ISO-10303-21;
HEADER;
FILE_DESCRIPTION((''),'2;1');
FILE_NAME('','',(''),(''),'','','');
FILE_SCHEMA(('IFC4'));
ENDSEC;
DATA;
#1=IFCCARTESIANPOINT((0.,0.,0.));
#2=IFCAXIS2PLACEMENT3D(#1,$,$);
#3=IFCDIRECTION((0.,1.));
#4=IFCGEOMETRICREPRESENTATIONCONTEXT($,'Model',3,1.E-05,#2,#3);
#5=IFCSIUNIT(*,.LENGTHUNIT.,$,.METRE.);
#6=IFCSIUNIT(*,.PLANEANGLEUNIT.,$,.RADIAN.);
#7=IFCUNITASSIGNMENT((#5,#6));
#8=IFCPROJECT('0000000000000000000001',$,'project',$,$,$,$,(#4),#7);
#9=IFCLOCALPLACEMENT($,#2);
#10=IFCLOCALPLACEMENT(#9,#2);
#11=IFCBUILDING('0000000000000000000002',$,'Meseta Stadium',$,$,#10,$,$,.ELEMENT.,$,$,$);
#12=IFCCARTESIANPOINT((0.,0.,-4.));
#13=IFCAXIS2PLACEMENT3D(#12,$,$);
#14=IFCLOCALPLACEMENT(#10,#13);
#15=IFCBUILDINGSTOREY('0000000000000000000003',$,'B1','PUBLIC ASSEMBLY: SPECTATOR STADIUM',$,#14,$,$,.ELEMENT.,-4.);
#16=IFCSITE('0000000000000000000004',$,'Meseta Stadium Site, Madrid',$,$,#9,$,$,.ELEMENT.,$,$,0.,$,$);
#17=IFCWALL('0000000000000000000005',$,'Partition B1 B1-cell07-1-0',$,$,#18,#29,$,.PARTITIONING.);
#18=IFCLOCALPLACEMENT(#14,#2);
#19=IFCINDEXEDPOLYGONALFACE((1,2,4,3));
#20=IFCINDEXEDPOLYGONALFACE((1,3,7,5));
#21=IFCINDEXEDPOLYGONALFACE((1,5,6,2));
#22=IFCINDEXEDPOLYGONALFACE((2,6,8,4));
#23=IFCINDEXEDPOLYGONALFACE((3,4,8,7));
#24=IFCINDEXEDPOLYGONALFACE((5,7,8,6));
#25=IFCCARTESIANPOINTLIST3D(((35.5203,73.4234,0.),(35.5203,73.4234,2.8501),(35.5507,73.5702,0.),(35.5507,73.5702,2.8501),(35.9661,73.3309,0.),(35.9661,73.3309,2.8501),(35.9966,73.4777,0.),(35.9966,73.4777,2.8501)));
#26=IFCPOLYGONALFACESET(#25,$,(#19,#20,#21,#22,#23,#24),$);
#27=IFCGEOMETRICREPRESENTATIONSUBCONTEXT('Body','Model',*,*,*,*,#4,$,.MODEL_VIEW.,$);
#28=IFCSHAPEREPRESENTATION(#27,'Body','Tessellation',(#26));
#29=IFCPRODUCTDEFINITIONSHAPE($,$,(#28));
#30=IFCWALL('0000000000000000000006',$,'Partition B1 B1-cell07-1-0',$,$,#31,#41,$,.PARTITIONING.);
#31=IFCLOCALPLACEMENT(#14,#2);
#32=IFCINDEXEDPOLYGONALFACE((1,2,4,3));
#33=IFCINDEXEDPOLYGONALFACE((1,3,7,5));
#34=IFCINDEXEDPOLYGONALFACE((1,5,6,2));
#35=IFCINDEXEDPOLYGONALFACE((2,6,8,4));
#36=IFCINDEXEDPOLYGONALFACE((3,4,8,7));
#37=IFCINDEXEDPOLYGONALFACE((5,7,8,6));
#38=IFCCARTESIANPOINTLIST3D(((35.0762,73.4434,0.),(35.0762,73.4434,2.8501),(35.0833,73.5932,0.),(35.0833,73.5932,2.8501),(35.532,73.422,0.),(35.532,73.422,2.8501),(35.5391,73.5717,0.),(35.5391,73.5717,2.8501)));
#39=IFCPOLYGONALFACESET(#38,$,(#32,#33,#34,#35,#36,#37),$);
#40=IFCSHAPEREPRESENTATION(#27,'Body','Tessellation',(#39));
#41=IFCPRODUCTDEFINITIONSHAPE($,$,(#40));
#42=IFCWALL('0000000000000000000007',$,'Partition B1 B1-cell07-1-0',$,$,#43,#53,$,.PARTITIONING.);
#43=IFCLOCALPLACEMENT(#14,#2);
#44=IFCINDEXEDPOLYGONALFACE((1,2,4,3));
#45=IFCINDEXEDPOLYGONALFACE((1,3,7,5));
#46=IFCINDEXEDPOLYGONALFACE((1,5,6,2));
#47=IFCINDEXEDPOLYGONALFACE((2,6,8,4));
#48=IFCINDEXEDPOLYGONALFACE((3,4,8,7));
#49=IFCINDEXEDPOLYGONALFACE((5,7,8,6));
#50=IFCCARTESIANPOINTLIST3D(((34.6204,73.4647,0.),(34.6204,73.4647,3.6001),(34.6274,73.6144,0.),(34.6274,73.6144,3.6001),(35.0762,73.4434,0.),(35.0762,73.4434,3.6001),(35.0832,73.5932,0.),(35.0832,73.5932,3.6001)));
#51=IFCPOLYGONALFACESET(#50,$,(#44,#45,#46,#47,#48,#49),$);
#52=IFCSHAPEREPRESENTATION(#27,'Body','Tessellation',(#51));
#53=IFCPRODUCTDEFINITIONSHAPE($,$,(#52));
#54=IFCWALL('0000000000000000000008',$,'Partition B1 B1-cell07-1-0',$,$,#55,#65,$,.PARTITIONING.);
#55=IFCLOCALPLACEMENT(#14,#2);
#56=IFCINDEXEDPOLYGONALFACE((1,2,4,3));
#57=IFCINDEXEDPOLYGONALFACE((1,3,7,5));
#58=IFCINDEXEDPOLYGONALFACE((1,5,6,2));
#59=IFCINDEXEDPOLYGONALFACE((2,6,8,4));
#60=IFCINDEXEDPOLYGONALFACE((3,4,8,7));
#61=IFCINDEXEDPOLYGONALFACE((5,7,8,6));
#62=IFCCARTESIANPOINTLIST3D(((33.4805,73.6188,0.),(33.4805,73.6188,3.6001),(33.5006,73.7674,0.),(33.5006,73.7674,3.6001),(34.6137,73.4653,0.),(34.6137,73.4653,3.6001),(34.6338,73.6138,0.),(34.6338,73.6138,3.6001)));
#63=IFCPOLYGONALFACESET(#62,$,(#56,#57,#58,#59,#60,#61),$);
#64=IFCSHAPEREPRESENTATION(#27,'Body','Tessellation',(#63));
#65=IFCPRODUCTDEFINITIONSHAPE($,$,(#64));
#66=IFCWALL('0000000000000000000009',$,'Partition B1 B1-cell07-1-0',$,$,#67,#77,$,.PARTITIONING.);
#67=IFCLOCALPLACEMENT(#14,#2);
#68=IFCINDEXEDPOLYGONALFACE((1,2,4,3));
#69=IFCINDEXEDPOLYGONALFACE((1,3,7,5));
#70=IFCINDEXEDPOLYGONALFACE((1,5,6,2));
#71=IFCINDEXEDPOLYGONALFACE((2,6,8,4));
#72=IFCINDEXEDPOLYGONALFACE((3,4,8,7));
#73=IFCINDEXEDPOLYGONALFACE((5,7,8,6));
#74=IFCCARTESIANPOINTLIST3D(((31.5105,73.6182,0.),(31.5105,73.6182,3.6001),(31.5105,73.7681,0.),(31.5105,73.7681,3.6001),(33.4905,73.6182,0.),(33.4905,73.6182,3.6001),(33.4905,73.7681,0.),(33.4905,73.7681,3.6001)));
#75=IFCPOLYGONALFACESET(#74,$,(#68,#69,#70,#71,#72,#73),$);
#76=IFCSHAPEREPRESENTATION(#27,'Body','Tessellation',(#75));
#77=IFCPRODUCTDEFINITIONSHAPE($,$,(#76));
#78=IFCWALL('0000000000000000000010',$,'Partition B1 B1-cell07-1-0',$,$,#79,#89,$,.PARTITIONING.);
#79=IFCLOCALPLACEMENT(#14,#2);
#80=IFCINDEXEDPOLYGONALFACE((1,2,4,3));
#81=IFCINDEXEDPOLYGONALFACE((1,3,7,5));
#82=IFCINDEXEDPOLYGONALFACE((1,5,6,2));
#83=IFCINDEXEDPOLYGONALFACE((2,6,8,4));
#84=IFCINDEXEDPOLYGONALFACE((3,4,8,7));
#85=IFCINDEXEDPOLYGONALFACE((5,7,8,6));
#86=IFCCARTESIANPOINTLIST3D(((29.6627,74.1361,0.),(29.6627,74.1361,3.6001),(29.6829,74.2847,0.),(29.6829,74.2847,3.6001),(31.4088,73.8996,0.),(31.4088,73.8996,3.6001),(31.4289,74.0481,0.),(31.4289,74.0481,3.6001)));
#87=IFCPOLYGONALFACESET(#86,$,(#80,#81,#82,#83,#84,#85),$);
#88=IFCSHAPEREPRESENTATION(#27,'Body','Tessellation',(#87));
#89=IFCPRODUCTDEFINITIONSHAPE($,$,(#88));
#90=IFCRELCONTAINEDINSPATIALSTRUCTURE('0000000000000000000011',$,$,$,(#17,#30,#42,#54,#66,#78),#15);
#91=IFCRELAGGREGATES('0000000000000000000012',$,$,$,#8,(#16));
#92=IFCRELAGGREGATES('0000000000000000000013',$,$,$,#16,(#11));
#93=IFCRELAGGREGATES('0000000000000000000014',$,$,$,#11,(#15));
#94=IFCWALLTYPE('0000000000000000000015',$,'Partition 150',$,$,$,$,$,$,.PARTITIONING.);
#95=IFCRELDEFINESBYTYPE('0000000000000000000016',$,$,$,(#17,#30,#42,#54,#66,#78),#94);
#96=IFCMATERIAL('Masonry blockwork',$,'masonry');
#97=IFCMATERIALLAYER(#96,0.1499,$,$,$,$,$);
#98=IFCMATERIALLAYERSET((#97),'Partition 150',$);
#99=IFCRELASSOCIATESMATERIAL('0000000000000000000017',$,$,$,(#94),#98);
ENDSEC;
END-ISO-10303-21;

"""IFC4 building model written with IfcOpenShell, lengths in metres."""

from ifc_helpers import new_model, si_unit, direction, frame, frame_2d, origin, place, context, subcontext, project, spatial, rectangle, extrude, material, layer, layer_set, type_object, element, save


model = new_model("IFC4")

# Units and contexts
model_context = context("Model", 3, precision=1e-05, world=origin(), true_north=direction((0.0, 1.0)))
body_context = subcontext(model_context, "Body", "Model", "MODEL_VIEW")
ifc_project = project(units=[si_unit("LENGTHUNIT", "METRE"), si_unit("PLANEANGLEUNIT", "RADIAN")], contexts=[model_context])

# Site, building, storey
site_placement = place(None, origin())
site = spatial("IfcSite", under=ifc_project, at=site_placement, Name="Meseta Stadium Site, Madrid", CompositionType="ELEMENT", RefElevation=0.0)
building_placement = place(site_placement, origin())
building = spatial("IfcBuilding", under=site, at=building_placement, Name="Meseta Stadium", CompositionType="ELEMENT")
storey_placement = place(building_placement, frame((0.0, 0.0, -4.0)))
storey = spatial("IfcBuildingStorey", under=building, at=storey_placement, Name="B1", Description="PUBLIC ASSEMBLY: SPECTATOR STADIUM", CompositionType="ELEMENT", Elevation=-4.0)

# Walls
ifc_material_1 = material(Name="Masonry blockwork", Category="masonry")
ifc_layer = layer(ifc_material_1, 0.1499)
ifc_layer_set = layer_set([ifc_layer], Name="Partition 150")
wall_type = type_object("IfcWallType", Name="Partition 150", PredefinedType="PARTITIONING", material=ifc_layer_set)
wall_1_placement = place(storey_placement, frame((35.9812, 73.4043, 0.0), z_axis=(0.0, 0.0, 1.0), x_axis=(-0.979132, 0.203226, 0.0)))
element("IfcWall", 1, at=wall_1_placement, inside=storey, type_object=wall_type, Name="Partition B1 B1-cell07-1-0", PredefinedType="PARTITIONING", context=body_context, shape_type="SweptSolid", body=[
    extrude(rectangle(XDim=0.4553, YDim=0.1499, at=frame_2d((0.2275, 0.0))), origin(), (0.0, 0.0, 1.0), 2.8501),
])
wall_2_placement = place(storey_placement, frame((35.5354, 73.4968, 0.0), z_axis=(0.0, 0.0, 1.0), x_axis=(-0.998891, 0.047082, 0.0)))
element("IfcWall", 2, at=wall_2_placement, inside=storey, type_object=wall_type, Name="Partition B1 B1-cell07-1-0", PredefinedType="PARTITIONING", context=body_context, shape_type="SweptSolid", body=[
    extrude(rectangle(XDim=0.4563, YDim=0.1499, at=frame_2d((0.228, 0.0))), origin(), (0.0, 0.0, 1.0), 2.8501),
])
wall_3_placement = place(storey_placement, frame((35.0796, 73.5183, 0.0), z_axis=(0.0, 0.0, 1.0), x_axis=(-0.998916, 0.046548, 0.0)))
element("IfcWall", 3, at=wall_3_placement, inside=storey, type_object=wall_type, Name="Partition B1 B1-cell07-1-0", PredefinedType="PARTITIONING", context=body_context, shape_type="SweptSolid", body=[
    extrude(rectangle(XDim=0.4563, YDim=0.1499, at=frame_2d((0.228, 0.0))), origin(), (0.0, 0.0, 1.0), 3.6001),
])
wall_4_placement = place(storey_placement, frame((34.6238, 73.5396, 0.0), z_axis=(0.0, 0.0, 1.0), x_axis=(-0.990944, 0.134275, 0.0)))
element("IfcWall", 4, at=wall_4_placement, inside=storey, type_object=wall_type, Name="Partition B1 B1-cell07-1-0", PredefinedType="PARTITIONING", context=body_context, shape_type="SweptSolid", body=[
    extrude(rectangle(XDim=1.1436, YDim=0.1499, at=frame_2d((0.5718, 0.0))), origin(), (0.0, 0.0, 1.0), 3.6001),
])
wall_5_placement = place(storey_placement, frame((33.4905, 73.6931, 0.0), z_axis=(0.0, 0.0, 1.0), x_axis=(-1.0, 0.0, 0.0)))
element("IfcWall", 5, at=wall_5_placement, inside=storey, type_object=wall_type, Name="Partition B1 B1-cell07-1-0", PredefinedType="PARTITIONING", context=body_context, shape_type="SweptSolid", body=[
    extrude(rectangle(XDim=1.98, YDim=0.1499, at=frame_2d((0.99, 0.0))), origin(), (0.0, 0.0, 1.0), 3.6001),
])
wall_6_placement = place(storey_placement, frame((31.4187, 73.9739, 0.0), z_axis=(0.0, 0.0, 1.0), x_axis=(-0.990946, 0.13426, 0.0)))
element("IfcWall", 6, at=wall_6_placement, inside=storey, type_object=wall_type, Name="Partition B1 B1-cell07-1-0", PredefinedType="PARTITIONING", context=body_context, shape_type="SweptSolid", body=[
    extrude(rectangle(XDim=1.762, YDim=0.1499, at=frame_2d((0.8809, 0.0))), origin(), (0.0, 0.0, 1.0), 3.6001),
])

save(model, "model.ifc")
